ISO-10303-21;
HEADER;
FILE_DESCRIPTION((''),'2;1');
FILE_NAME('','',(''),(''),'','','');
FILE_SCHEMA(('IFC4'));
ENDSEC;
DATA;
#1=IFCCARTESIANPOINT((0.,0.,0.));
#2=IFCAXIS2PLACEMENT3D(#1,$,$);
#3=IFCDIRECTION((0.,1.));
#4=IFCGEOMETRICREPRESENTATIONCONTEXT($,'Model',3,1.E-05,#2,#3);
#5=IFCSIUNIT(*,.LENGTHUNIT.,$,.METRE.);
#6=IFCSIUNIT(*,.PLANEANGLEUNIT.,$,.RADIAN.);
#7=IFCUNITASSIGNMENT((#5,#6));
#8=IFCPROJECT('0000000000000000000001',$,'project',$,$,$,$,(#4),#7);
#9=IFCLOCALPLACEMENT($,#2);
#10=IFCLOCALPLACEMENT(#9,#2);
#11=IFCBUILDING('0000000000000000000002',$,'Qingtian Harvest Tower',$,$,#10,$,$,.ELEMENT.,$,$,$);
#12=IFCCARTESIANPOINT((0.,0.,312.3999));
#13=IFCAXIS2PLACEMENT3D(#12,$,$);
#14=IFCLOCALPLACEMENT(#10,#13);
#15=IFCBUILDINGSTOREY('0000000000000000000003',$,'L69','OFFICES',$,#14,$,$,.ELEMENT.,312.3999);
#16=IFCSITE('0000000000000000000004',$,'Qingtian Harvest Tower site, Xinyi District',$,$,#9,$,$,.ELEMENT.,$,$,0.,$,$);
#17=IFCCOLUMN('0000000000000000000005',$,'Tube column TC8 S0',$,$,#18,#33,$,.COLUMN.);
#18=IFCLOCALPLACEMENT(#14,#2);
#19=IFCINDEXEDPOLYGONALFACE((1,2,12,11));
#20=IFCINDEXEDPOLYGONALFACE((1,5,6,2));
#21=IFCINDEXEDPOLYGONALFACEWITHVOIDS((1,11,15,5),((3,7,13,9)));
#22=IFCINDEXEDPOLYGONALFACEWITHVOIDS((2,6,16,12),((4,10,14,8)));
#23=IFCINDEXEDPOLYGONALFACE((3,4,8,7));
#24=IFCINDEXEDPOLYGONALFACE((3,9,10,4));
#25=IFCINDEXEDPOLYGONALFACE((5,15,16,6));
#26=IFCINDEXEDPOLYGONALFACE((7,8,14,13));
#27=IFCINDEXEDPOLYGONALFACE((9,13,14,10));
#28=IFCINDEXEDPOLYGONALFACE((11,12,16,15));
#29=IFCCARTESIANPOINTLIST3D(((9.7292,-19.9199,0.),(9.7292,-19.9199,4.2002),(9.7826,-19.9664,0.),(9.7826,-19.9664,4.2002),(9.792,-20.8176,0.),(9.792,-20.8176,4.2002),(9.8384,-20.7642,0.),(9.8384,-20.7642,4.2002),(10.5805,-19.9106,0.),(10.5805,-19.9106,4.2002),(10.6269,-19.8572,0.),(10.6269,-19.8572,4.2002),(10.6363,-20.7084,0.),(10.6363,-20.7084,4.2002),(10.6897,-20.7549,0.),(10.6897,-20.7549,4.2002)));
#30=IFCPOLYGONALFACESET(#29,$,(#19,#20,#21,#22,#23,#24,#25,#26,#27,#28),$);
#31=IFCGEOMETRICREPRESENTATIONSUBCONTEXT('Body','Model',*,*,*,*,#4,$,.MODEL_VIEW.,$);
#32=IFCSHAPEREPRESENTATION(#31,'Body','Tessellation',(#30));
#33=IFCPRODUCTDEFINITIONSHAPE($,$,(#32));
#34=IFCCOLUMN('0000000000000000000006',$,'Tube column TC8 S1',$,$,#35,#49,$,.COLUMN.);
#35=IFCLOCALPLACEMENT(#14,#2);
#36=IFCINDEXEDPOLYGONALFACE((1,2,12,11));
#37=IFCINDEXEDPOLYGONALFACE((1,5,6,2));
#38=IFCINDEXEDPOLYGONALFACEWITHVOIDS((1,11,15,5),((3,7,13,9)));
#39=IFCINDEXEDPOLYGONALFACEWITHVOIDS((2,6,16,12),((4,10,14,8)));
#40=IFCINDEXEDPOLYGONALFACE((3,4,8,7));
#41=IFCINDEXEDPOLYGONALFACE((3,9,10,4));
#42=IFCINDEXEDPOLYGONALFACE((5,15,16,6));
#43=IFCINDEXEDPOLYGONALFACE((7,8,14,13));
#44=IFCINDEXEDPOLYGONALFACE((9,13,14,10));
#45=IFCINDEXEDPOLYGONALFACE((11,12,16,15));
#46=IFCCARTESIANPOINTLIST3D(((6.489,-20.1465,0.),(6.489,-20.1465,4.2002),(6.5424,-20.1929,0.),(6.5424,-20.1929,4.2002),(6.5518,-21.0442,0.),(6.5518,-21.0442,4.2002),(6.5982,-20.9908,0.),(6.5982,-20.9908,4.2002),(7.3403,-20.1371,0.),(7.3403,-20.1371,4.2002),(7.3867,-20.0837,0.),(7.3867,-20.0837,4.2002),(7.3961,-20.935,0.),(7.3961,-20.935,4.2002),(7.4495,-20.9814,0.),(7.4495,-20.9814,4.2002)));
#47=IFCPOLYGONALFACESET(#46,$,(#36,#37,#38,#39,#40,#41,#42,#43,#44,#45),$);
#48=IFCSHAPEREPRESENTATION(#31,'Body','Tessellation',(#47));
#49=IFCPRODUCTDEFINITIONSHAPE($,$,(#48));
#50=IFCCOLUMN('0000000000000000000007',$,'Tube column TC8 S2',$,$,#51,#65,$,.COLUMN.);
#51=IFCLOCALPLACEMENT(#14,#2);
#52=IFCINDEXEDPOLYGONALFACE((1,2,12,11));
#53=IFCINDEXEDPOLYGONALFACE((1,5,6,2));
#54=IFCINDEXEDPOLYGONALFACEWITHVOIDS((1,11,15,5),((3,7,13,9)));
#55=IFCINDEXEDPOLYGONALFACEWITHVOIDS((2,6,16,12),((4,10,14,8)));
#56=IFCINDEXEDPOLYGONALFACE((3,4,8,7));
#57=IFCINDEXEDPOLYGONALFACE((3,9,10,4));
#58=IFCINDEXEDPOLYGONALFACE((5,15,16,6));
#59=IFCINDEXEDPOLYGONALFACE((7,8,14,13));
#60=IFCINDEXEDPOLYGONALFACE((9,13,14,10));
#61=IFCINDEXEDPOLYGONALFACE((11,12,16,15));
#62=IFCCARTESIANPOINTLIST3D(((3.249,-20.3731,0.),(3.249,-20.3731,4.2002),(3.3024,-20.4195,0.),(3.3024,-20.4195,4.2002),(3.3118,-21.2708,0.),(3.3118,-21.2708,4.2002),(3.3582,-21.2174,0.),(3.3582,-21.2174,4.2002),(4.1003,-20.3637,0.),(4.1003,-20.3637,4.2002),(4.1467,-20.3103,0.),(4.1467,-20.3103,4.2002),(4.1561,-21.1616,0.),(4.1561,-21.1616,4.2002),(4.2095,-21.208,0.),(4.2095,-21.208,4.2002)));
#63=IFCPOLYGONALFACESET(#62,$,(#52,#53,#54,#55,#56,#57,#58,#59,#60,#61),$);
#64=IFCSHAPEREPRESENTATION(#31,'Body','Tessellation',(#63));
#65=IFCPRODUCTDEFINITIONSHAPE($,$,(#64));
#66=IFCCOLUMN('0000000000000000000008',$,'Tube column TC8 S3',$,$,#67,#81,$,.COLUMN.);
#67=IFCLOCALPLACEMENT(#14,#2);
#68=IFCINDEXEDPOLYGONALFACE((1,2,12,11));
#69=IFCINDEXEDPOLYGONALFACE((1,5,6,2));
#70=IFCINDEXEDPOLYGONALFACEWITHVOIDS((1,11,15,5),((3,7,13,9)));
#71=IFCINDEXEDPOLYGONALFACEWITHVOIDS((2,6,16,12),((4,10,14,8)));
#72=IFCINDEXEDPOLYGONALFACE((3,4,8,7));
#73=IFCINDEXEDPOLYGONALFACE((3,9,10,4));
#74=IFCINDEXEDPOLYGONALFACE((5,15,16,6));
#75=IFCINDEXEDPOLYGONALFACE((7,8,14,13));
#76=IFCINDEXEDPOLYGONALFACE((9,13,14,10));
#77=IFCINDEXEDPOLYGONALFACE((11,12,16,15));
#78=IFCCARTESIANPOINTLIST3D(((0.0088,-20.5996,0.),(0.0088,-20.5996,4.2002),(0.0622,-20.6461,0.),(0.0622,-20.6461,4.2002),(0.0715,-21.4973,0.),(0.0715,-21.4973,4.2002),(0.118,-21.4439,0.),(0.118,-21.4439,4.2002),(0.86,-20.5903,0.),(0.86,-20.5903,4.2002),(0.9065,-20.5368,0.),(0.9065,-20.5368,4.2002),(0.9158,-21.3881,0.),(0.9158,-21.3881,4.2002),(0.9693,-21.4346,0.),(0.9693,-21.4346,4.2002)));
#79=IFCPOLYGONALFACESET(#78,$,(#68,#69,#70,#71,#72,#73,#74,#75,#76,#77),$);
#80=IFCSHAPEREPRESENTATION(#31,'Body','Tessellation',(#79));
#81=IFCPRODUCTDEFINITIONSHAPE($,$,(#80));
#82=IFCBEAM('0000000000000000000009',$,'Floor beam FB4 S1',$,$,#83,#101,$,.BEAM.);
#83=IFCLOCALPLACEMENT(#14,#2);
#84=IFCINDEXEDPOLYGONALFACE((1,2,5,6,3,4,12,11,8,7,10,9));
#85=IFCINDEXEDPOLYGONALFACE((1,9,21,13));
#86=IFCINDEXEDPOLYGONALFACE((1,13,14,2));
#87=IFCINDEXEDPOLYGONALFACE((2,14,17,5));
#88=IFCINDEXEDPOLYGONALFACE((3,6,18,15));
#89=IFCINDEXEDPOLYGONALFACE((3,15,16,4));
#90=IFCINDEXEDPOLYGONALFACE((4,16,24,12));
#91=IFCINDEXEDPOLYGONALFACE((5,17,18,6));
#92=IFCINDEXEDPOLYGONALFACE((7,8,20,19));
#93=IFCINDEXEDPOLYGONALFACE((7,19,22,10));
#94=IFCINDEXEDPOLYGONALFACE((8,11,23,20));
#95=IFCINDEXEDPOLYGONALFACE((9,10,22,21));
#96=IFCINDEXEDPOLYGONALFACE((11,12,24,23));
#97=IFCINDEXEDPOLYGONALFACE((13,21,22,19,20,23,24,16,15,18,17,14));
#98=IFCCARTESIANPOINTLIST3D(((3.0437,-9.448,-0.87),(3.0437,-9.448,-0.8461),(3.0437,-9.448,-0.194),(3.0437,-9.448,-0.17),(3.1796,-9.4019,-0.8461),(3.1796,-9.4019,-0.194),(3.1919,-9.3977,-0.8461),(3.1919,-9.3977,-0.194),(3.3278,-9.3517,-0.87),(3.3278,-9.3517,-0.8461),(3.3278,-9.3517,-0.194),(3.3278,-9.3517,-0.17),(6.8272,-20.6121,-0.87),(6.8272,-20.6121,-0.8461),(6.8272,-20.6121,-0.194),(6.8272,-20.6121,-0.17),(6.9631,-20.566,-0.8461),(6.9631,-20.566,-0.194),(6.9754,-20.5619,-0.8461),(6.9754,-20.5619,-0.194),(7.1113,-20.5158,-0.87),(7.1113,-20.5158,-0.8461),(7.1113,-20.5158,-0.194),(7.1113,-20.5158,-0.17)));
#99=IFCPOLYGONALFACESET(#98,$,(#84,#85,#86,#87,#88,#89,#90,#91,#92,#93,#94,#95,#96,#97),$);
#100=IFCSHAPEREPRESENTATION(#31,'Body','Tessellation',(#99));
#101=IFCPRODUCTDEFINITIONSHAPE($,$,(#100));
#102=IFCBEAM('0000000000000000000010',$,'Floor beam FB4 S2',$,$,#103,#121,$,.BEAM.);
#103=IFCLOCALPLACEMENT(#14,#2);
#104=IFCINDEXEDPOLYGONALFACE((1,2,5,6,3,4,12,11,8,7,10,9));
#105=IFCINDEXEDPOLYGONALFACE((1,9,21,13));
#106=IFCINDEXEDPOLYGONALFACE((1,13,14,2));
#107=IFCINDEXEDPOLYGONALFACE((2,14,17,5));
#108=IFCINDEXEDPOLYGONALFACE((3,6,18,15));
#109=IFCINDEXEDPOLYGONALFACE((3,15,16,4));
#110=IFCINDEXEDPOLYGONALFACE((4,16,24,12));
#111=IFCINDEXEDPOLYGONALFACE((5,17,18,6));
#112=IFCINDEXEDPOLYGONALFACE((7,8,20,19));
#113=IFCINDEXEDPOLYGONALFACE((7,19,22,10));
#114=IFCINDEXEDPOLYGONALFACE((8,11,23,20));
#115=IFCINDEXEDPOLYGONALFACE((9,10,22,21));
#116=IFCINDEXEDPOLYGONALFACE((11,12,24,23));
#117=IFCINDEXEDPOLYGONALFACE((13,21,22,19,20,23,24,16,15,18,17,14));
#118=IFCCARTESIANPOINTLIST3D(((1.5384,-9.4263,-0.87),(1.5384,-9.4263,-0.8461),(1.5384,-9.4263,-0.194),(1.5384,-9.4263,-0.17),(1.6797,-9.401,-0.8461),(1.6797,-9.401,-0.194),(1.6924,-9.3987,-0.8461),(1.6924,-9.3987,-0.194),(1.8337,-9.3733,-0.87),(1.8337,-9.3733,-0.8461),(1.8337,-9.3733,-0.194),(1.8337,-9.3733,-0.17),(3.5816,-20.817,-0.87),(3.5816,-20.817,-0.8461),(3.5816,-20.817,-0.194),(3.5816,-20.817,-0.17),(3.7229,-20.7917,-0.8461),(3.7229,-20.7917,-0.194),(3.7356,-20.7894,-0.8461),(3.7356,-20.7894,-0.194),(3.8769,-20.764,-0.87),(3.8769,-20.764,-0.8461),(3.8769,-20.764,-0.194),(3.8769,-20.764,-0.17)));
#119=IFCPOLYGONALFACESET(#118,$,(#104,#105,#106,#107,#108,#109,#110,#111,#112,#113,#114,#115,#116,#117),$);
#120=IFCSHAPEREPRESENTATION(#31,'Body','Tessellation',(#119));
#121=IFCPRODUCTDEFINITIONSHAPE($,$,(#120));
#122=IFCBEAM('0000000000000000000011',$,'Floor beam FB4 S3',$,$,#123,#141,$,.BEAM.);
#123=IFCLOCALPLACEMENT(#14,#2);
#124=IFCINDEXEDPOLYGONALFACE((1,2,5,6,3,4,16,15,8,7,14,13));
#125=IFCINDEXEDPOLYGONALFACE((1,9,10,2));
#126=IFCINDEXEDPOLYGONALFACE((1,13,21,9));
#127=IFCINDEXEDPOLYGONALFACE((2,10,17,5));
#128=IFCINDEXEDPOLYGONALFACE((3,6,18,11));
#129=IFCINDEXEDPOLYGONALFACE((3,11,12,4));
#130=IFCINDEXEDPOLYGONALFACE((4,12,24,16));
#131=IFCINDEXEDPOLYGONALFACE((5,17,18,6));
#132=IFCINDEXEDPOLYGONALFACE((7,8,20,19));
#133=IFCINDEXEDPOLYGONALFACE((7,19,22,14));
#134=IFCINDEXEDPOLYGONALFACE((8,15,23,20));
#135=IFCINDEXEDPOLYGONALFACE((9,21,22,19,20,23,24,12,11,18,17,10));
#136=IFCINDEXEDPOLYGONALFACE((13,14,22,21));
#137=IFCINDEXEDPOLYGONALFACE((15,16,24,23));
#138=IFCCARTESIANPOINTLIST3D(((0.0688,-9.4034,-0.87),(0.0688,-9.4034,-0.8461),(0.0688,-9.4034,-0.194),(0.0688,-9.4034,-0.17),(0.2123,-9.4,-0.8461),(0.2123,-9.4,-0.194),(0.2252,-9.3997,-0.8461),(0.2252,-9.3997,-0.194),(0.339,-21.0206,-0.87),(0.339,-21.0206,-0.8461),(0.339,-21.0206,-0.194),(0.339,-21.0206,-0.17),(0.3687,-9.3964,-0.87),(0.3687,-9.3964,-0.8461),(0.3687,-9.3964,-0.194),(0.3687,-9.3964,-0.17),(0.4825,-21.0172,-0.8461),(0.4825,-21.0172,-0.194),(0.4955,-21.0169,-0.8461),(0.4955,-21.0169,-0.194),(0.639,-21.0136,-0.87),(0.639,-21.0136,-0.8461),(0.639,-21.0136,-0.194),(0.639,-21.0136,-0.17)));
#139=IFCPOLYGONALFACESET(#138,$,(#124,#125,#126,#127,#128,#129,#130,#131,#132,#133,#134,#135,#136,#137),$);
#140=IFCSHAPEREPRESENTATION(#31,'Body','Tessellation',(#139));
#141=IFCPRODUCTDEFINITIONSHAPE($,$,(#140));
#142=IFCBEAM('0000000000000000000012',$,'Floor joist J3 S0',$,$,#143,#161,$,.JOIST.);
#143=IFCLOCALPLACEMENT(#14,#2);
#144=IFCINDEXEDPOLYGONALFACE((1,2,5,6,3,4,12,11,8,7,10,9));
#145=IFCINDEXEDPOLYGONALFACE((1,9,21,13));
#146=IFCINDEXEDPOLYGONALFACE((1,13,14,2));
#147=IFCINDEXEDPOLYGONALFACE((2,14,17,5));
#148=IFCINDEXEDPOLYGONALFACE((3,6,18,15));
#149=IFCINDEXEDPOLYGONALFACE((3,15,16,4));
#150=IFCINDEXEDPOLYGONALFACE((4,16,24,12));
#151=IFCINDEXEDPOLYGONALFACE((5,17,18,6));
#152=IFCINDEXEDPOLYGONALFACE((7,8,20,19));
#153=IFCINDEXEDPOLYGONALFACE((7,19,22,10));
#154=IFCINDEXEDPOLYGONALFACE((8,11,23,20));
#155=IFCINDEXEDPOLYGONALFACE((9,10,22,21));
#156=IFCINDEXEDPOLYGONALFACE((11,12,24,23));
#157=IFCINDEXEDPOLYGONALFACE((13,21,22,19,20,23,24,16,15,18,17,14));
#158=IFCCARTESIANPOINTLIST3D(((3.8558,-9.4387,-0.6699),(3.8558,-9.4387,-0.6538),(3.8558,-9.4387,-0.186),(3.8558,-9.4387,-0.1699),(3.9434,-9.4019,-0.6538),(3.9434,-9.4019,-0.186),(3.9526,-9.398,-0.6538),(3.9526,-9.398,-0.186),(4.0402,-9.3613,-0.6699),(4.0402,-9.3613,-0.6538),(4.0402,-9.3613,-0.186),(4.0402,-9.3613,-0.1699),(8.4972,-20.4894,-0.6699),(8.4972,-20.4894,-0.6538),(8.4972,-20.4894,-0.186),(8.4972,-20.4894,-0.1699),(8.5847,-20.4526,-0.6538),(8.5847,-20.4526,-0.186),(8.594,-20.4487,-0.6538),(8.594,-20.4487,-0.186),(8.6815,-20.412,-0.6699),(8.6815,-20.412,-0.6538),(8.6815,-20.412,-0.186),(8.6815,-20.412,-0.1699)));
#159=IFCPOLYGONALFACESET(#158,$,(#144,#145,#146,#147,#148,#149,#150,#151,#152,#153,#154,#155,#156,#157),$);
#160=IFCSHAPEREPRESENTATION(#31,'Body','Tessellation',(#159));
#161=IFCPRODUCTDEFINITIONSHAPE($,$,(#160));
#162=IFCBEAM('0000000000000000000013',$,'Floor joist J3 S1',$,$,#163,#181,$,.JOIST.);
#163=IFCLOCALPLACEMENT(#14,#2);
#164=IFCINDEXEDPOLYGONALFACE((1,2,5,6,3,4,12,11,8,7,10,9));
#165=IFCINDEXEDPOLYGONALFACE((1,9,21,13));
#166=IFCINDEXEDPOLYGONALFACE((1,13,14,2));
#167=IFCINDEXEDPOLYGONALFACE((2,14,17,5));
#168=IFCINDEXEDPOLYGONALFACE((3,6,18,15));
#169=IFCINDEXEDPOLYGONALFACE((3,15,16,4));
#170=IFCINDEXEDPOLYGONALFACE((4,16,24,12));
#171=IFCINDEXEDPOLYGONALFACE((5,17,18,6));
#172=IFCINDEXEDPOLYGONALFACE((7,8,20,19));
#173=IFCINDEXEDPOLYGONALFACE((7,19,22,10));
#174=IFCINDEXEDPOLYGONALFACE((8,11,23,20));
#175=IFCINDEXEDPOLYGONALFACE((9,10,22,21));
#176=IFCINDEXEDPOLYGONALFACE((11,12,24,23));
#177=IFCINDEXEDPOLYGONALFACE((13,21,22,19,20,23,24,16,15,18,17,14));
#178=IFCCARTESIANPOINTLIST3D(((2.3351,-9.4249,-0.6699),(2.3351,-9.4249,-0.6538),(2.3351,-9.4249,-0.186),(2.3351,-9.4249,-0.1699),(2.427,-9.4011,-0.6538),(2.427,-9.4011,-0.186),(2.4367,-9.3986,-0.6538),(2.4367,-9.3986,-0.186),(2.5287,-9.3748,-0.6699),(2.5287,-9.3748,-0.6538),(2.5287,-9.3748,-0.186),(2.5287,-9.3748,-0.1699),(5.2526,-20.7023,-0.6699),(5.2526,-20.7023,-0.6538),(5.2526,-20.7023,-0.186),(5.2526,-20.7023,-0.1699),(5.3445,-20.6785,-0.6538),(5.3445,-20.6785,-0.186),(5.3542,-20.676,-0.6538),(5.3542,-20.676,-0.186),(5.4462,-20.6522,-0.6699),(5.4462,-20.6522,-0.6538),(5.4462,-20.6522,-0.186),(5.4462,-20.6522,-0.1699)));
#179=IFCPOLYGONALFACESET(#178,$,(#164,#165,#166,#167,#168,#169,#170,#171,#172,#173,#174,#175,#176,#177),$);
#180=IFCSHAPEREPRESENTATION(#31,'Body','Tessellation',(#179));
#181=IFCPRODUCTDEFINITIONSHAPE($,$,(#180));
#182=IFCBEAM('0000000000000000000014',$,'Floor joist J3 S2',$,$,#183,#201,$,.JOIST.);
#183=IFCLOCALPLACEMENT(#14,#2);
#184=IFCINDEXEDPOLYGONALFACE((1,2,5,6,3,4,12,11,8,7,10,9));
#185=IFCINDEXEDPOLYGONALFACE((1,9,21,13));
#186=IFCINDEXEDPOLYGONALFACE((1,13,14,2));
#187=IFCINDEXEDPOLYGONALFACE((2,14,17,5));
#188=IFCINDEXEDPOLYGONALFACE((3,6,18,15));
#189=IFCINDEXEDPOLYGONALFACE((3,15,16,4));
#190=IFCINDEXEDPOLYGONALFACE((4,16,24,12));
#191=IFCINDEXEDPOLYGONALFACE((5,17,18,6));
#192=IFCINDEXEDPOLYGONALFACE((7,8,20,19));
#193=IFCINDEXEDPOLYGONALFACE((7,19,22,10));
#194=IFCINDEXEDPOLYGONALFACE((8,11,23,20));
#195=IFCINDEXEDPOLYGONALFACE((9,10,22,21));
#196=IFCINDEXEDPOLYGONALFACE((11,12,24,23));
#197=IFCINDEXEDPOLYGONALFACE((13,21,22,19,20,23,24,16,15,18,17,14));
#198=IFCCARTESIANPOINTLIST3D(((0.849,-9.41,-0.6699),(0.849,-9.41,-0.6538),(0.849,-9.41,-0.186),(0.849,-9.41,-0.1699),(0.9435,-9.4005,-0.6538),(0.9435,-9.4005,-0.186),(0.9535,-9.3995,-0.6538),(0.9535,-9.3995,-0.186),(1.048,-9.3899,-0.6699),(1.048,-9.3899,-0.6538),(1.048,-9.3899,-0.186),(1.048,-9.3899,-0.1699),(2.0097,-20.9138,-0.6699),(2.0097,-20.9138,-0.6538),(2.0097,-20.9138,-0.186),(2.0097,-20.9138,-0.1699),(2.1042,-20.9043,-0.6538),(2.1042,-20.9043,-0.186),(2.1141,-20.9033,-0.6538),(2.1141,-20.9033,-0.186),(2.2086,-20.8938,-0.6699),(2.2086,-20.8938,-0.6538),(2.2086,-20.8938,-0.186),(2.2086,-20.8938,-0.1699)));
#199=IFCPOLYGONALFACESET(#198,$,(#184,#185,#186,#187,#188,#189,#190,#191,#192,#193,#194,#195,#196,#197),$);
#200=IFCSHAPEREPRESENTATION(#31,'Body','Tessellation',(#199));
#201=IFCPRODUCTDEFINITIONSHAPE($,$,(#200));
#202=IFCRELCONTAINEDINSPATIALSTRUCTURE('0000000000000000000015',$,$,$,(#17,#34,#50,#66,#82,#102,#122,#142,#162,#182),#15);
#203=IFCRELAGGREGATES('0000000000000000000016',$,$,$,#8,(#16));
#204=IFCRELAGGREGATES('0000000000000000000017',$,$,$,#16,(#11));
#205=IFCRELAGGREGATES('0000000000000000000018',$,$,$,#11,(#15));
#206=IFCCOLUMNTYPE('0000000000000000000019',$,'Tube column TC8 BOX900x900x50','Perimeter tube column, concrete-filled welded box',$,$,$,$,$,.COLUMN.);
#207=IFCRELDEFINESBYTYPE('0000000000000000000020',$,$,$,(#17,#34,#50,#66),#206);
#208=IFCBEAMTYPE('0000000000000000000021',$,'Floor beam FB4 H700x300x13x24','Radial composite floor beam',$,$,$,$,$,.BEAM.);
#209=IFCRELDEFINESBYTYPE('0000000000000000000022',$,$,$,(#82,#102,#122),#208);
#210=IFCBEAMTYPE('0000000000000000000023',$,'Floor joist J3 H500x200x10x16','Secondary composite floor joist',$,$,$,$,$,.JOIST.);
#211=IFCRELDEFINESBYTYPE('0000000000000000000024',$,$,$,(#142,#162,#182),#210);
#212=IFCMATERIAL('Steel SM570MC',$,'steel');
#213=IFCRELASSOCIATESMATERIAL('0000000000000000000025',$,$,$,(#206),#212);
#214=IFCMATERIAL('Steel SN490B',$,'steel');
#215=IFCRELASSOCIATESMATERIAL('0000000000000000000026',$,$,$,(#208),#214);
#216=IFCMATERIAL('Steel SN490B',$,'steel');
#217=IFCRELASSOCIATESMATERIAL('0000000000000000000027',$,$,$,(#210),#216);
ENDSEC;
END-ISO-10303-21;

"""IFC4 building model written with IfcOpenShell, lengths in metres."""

from ifc_helpers import new_model, si_unit, direction, frame, origin, origin_2d, place, context, subcontext, project, spatial, hollow_rectangle, i_section, extrude, material, material_profile, profile_set, type_object, element, save


model = new_model("IFC4")

# Units and contexts
model_context = context("Model", 3, precision=1e-05, world=origin(), true_north=direction((0.0, 1.0)))
body_context = subcontext(model_context, "Body", "Model", "MODEL_VIEW")
ifc_project = project(units=[si_unit("LENGTHUNIT", "METRE"), si_unit("PLANEANGLEUNIT", "RADIAN")], contexts=[model_context])

# Site, building, storey
site_placement = place(None, origin())
site = spatial("IfcSite", under=ifc_project, at=site_placement, Name="Qingtian Harvest Tower site, Xinyi District", CompositionType="ELEMENT", RefElevation=0.0)
building_placement = place(site_placement, origin())
building = spatial("IfcBuilding", under=site, at=building_placement, Name="Qingtian Harvest Tower", CompositionType="ELEMENT")
storey_placement = place(building_placement, frame((0.0, 0.0, 312.3999)))
storey = spatial("IfcBuildingStorey", under=building, at=storey_placement, Name="L69", Description="OFFICES", CompositionType="ELEMENT", Elevation=312.3999)

# Columns
ifc_material_1 = material(Name="Steel SM570MC", Category="steel")
ifc_material_profile_1 = material_profile(ifc_material_1, hollow_rectangle(XDim=0.8999, YDim=0.8999, WallThickness=0.05, at=origin_2d()), Name="BOX900x900x50")
ifc_profile_set_1 = profile_set([ifc_material_profile_1], Name="Steel SM570MC")
column_type = type_object("IfcColumnType", Name="Tube column TC8 BOX900x900x50", Description="Perimeter tube column, concrete-filled welded box", PredefinedType="COLUMN", material=ifc_profile_set_1)
for number, where, z_axis, x_axis, name in (
    (1, (10.2095, -20.3374, 0.0), (0.0, 0.0, 1.0), (0.997564, 0.069756, 0.0), "Tube column TC8 S0"),
    (2, (6.9692, -20.564, 0.0), (0.0, 0.0, 1.0), (0.997564, 0.069756, 0.0), "Tube column TC8 S1"),
    (3, (3.7292, -20.7905, 0.0), (0.0, 0.0, 1.0), (0.997564, 0.069756, 0.0), "Tube column TC8 S2"),
    (4, (0.489, -21.0171, 0.0), (0.0, 0.0, 1.0), (0.997564, 0.069756, 0.0), "Tube column TC8 S3"),
):
    element("IfcColumn", number, at=place(storey_placement, frame(where, z_axis=z_axis, x_axis=x_axis)), inside=storey, type_object=column_type, Name=name, PredefinedType="COLUMN", context=body_context, shape_type="SweptSolid", body=[
        extrude(hollow_rectangle(XDim=0.8999, YDim=0.8999, WallThickness=0.05, at=origin_2d()), origin(), (0.0, 0.0, 1.0), 4.2002),
    ])

# Beams
ifc_material_2 = material(Name="Steel SN490B", Category="steel")
ifc_material_profile_2 = material_profile(ifc_material_2, i_section(OverallWidth=0.3, OverallDepth=0.7, WebThickness=0.0129, FlangeThickness=0.0239, at=origin_2d()), Name="H700x300x13x24")
ifc_profile_set_2 = profile_set([ifc_material_profile_2], Name="Steel SN490B")
beam_type_1 = type_object("IfcBeamType", Name="Floor beam FB4 H700x300x13x24", Description="Radial composite floor beam", PredefinedType="BEAM", material=ifc_profile_set_2)
beam_1_placement = place(storey_placement, frame((6.9692, -20.564, -0.52), z_axis=(-0.320965, 0.947091, 0.0), x_axis=(-0.947091, -0.320965, 0.0)))
element("IfcBeam", 5, at=beam_1_placement, inside=storey, type_object=beam_type_1, Name="Floor beam FB4 S1", PredefinedType="BEAM", context=body_context, shape_type="SweptSolid", body=[
    extrude(i_section(OverallWidth=0.3, OverallDepth=0.7, WebThickness=0.0129, FlangeThickness=0.0239, at=origin_2d()), origin(), (0.0, 0.0, 1.0), 11.7878),
])
beam_2_placement = place(storey_placement, frame((3.7292, -20.7905, -0.52), z_axis=(-0.176559, 0.98429, 0.0), x_axis=(-0.98429, -0.176559, 0.0)))
element("IfcBeam", 6, at=beam_2_placement, inside=storey, type_object=beam_type_1, Name="Floor beam FB4 S2", PredefinedType="BEAM", context=body_context, shape_type="SweptSolid", body=[
    extrude(i_section(OverallWidth=0.3, OverallDepth=0.7, WebThickness=0.0129, FlangeThickness=0.0239, at=origin_2d()), origin(), (0.0, 0.0, 1.0), 11.5725),
])
beam_3_placement = place(storey_placement, frame((0.489, -21.0171, -0.52), z_axis=(-0.023258, 0.99973, 0.0), x_axis=(-0.99973, -0.023258, 0.0)))
element("IfcBeam", 7, at=beam_3_placement, inside=storey, type_object=beam_type_1, Name="Floor beam FB4 S3", PredefinedType="BEAM", context=body_context, shape_type="SweptSolid", body=[
    extrude(i_section(OverallWidth=0.3, OverallDepth=0.7, WebThickness=0.0129, FlangeThickness=0.0239, at=origin_2d()), origin(), (0.0, 0.0, 1.0), 11.6204),
])
ifc_material_3 = material(Name="Steel SN490B", Category="steel")
ifc_material_profile_3 = material_profile(ifc_material_3, i_section(OverallWidth=0.2, OverallDepth=0.5, WebThickness=0.01, FlangeThickness=0.0161, at=origin_2d()), Name="H500x200x10x16")
ifc_profile_set_3 = profile_set([ifc_material_profile_3], Name="Steel SN490B")
beam_type_2 = type_object("IfcBeamType", Name="Floor joist J3 H500x200x10x16", Description="Secondary composite floor joist", PredefinedType="JOIST", material=ifc_profile_set_3)
beam_4_placement = place(storey_placement, frame((8.5894, -20.4507, -0.4199), z_axis=(-0.387235, 0.921981, 0.0), x_axis=(-0.921981, -0.387235, 0.0)))
element("IfcBeam", 8, at=beam_4_placement, inside=storey, type_object=beam_type_2, Name="Floor joist J3 S0", PredefinedType="JOIST", context=body_context, shape_type="SweptSolid", body=[
    extrude(i_section(OverallWidth=0.2, OverallDepth=0.5, WebThickness=0.01, FlangeThickness=0.0161, at=origin_2d()), origin(), (0.0, 0.0, 1.0), 11.9858),
])
beam_5_placement = place(storey_placement, frame((5.3494, -20.6772, -0.4199), z_axis=(-0.250457, 0.968128, 0.0), x_axis=(-0.968128, -0.250457, 0.0)))
element("IfcBeam", 9, at=beam_5_placement, inside=storey, type_object=beam_type_2, Name="Floor joist J3 S1", PredefinedType="JOIST", context=body_context, shape_type="SweptSolid", body=[
    extrude(i_section(OverallWidth=0.2, OverallDepth=0.5, WebThickness=0.01, FlangeThickness=0.0161, at=origin_2d()), origin(), (0.0, 0.0, 1.0), 11.6487),
])
beam_6_placement = place(storey_placement, frame((2.1091, -20.9038, -0.4199), z_axis=(-0.100382, 0.994949, 0.0), x_axis=(-0.994949, -0.100382, 0.0)))
element("IfcBeam", 10, at=beam_6_placement, inside=storey, type_object=beam_type_2, Name="Floor joist J3 S2", PredefinedType="JOIST", context=body_context, shape_type="SweptSolid", body=[
    extrude(i_section(OverallWidth=0.2, OverallDepth=0.5, WebThickness=0.01, FlangeThickness=0.0161, at=origin_2d()), origin(), (0.0, 0.0, 1.0), 11.5623),
])

save(model, "model.ifc")
